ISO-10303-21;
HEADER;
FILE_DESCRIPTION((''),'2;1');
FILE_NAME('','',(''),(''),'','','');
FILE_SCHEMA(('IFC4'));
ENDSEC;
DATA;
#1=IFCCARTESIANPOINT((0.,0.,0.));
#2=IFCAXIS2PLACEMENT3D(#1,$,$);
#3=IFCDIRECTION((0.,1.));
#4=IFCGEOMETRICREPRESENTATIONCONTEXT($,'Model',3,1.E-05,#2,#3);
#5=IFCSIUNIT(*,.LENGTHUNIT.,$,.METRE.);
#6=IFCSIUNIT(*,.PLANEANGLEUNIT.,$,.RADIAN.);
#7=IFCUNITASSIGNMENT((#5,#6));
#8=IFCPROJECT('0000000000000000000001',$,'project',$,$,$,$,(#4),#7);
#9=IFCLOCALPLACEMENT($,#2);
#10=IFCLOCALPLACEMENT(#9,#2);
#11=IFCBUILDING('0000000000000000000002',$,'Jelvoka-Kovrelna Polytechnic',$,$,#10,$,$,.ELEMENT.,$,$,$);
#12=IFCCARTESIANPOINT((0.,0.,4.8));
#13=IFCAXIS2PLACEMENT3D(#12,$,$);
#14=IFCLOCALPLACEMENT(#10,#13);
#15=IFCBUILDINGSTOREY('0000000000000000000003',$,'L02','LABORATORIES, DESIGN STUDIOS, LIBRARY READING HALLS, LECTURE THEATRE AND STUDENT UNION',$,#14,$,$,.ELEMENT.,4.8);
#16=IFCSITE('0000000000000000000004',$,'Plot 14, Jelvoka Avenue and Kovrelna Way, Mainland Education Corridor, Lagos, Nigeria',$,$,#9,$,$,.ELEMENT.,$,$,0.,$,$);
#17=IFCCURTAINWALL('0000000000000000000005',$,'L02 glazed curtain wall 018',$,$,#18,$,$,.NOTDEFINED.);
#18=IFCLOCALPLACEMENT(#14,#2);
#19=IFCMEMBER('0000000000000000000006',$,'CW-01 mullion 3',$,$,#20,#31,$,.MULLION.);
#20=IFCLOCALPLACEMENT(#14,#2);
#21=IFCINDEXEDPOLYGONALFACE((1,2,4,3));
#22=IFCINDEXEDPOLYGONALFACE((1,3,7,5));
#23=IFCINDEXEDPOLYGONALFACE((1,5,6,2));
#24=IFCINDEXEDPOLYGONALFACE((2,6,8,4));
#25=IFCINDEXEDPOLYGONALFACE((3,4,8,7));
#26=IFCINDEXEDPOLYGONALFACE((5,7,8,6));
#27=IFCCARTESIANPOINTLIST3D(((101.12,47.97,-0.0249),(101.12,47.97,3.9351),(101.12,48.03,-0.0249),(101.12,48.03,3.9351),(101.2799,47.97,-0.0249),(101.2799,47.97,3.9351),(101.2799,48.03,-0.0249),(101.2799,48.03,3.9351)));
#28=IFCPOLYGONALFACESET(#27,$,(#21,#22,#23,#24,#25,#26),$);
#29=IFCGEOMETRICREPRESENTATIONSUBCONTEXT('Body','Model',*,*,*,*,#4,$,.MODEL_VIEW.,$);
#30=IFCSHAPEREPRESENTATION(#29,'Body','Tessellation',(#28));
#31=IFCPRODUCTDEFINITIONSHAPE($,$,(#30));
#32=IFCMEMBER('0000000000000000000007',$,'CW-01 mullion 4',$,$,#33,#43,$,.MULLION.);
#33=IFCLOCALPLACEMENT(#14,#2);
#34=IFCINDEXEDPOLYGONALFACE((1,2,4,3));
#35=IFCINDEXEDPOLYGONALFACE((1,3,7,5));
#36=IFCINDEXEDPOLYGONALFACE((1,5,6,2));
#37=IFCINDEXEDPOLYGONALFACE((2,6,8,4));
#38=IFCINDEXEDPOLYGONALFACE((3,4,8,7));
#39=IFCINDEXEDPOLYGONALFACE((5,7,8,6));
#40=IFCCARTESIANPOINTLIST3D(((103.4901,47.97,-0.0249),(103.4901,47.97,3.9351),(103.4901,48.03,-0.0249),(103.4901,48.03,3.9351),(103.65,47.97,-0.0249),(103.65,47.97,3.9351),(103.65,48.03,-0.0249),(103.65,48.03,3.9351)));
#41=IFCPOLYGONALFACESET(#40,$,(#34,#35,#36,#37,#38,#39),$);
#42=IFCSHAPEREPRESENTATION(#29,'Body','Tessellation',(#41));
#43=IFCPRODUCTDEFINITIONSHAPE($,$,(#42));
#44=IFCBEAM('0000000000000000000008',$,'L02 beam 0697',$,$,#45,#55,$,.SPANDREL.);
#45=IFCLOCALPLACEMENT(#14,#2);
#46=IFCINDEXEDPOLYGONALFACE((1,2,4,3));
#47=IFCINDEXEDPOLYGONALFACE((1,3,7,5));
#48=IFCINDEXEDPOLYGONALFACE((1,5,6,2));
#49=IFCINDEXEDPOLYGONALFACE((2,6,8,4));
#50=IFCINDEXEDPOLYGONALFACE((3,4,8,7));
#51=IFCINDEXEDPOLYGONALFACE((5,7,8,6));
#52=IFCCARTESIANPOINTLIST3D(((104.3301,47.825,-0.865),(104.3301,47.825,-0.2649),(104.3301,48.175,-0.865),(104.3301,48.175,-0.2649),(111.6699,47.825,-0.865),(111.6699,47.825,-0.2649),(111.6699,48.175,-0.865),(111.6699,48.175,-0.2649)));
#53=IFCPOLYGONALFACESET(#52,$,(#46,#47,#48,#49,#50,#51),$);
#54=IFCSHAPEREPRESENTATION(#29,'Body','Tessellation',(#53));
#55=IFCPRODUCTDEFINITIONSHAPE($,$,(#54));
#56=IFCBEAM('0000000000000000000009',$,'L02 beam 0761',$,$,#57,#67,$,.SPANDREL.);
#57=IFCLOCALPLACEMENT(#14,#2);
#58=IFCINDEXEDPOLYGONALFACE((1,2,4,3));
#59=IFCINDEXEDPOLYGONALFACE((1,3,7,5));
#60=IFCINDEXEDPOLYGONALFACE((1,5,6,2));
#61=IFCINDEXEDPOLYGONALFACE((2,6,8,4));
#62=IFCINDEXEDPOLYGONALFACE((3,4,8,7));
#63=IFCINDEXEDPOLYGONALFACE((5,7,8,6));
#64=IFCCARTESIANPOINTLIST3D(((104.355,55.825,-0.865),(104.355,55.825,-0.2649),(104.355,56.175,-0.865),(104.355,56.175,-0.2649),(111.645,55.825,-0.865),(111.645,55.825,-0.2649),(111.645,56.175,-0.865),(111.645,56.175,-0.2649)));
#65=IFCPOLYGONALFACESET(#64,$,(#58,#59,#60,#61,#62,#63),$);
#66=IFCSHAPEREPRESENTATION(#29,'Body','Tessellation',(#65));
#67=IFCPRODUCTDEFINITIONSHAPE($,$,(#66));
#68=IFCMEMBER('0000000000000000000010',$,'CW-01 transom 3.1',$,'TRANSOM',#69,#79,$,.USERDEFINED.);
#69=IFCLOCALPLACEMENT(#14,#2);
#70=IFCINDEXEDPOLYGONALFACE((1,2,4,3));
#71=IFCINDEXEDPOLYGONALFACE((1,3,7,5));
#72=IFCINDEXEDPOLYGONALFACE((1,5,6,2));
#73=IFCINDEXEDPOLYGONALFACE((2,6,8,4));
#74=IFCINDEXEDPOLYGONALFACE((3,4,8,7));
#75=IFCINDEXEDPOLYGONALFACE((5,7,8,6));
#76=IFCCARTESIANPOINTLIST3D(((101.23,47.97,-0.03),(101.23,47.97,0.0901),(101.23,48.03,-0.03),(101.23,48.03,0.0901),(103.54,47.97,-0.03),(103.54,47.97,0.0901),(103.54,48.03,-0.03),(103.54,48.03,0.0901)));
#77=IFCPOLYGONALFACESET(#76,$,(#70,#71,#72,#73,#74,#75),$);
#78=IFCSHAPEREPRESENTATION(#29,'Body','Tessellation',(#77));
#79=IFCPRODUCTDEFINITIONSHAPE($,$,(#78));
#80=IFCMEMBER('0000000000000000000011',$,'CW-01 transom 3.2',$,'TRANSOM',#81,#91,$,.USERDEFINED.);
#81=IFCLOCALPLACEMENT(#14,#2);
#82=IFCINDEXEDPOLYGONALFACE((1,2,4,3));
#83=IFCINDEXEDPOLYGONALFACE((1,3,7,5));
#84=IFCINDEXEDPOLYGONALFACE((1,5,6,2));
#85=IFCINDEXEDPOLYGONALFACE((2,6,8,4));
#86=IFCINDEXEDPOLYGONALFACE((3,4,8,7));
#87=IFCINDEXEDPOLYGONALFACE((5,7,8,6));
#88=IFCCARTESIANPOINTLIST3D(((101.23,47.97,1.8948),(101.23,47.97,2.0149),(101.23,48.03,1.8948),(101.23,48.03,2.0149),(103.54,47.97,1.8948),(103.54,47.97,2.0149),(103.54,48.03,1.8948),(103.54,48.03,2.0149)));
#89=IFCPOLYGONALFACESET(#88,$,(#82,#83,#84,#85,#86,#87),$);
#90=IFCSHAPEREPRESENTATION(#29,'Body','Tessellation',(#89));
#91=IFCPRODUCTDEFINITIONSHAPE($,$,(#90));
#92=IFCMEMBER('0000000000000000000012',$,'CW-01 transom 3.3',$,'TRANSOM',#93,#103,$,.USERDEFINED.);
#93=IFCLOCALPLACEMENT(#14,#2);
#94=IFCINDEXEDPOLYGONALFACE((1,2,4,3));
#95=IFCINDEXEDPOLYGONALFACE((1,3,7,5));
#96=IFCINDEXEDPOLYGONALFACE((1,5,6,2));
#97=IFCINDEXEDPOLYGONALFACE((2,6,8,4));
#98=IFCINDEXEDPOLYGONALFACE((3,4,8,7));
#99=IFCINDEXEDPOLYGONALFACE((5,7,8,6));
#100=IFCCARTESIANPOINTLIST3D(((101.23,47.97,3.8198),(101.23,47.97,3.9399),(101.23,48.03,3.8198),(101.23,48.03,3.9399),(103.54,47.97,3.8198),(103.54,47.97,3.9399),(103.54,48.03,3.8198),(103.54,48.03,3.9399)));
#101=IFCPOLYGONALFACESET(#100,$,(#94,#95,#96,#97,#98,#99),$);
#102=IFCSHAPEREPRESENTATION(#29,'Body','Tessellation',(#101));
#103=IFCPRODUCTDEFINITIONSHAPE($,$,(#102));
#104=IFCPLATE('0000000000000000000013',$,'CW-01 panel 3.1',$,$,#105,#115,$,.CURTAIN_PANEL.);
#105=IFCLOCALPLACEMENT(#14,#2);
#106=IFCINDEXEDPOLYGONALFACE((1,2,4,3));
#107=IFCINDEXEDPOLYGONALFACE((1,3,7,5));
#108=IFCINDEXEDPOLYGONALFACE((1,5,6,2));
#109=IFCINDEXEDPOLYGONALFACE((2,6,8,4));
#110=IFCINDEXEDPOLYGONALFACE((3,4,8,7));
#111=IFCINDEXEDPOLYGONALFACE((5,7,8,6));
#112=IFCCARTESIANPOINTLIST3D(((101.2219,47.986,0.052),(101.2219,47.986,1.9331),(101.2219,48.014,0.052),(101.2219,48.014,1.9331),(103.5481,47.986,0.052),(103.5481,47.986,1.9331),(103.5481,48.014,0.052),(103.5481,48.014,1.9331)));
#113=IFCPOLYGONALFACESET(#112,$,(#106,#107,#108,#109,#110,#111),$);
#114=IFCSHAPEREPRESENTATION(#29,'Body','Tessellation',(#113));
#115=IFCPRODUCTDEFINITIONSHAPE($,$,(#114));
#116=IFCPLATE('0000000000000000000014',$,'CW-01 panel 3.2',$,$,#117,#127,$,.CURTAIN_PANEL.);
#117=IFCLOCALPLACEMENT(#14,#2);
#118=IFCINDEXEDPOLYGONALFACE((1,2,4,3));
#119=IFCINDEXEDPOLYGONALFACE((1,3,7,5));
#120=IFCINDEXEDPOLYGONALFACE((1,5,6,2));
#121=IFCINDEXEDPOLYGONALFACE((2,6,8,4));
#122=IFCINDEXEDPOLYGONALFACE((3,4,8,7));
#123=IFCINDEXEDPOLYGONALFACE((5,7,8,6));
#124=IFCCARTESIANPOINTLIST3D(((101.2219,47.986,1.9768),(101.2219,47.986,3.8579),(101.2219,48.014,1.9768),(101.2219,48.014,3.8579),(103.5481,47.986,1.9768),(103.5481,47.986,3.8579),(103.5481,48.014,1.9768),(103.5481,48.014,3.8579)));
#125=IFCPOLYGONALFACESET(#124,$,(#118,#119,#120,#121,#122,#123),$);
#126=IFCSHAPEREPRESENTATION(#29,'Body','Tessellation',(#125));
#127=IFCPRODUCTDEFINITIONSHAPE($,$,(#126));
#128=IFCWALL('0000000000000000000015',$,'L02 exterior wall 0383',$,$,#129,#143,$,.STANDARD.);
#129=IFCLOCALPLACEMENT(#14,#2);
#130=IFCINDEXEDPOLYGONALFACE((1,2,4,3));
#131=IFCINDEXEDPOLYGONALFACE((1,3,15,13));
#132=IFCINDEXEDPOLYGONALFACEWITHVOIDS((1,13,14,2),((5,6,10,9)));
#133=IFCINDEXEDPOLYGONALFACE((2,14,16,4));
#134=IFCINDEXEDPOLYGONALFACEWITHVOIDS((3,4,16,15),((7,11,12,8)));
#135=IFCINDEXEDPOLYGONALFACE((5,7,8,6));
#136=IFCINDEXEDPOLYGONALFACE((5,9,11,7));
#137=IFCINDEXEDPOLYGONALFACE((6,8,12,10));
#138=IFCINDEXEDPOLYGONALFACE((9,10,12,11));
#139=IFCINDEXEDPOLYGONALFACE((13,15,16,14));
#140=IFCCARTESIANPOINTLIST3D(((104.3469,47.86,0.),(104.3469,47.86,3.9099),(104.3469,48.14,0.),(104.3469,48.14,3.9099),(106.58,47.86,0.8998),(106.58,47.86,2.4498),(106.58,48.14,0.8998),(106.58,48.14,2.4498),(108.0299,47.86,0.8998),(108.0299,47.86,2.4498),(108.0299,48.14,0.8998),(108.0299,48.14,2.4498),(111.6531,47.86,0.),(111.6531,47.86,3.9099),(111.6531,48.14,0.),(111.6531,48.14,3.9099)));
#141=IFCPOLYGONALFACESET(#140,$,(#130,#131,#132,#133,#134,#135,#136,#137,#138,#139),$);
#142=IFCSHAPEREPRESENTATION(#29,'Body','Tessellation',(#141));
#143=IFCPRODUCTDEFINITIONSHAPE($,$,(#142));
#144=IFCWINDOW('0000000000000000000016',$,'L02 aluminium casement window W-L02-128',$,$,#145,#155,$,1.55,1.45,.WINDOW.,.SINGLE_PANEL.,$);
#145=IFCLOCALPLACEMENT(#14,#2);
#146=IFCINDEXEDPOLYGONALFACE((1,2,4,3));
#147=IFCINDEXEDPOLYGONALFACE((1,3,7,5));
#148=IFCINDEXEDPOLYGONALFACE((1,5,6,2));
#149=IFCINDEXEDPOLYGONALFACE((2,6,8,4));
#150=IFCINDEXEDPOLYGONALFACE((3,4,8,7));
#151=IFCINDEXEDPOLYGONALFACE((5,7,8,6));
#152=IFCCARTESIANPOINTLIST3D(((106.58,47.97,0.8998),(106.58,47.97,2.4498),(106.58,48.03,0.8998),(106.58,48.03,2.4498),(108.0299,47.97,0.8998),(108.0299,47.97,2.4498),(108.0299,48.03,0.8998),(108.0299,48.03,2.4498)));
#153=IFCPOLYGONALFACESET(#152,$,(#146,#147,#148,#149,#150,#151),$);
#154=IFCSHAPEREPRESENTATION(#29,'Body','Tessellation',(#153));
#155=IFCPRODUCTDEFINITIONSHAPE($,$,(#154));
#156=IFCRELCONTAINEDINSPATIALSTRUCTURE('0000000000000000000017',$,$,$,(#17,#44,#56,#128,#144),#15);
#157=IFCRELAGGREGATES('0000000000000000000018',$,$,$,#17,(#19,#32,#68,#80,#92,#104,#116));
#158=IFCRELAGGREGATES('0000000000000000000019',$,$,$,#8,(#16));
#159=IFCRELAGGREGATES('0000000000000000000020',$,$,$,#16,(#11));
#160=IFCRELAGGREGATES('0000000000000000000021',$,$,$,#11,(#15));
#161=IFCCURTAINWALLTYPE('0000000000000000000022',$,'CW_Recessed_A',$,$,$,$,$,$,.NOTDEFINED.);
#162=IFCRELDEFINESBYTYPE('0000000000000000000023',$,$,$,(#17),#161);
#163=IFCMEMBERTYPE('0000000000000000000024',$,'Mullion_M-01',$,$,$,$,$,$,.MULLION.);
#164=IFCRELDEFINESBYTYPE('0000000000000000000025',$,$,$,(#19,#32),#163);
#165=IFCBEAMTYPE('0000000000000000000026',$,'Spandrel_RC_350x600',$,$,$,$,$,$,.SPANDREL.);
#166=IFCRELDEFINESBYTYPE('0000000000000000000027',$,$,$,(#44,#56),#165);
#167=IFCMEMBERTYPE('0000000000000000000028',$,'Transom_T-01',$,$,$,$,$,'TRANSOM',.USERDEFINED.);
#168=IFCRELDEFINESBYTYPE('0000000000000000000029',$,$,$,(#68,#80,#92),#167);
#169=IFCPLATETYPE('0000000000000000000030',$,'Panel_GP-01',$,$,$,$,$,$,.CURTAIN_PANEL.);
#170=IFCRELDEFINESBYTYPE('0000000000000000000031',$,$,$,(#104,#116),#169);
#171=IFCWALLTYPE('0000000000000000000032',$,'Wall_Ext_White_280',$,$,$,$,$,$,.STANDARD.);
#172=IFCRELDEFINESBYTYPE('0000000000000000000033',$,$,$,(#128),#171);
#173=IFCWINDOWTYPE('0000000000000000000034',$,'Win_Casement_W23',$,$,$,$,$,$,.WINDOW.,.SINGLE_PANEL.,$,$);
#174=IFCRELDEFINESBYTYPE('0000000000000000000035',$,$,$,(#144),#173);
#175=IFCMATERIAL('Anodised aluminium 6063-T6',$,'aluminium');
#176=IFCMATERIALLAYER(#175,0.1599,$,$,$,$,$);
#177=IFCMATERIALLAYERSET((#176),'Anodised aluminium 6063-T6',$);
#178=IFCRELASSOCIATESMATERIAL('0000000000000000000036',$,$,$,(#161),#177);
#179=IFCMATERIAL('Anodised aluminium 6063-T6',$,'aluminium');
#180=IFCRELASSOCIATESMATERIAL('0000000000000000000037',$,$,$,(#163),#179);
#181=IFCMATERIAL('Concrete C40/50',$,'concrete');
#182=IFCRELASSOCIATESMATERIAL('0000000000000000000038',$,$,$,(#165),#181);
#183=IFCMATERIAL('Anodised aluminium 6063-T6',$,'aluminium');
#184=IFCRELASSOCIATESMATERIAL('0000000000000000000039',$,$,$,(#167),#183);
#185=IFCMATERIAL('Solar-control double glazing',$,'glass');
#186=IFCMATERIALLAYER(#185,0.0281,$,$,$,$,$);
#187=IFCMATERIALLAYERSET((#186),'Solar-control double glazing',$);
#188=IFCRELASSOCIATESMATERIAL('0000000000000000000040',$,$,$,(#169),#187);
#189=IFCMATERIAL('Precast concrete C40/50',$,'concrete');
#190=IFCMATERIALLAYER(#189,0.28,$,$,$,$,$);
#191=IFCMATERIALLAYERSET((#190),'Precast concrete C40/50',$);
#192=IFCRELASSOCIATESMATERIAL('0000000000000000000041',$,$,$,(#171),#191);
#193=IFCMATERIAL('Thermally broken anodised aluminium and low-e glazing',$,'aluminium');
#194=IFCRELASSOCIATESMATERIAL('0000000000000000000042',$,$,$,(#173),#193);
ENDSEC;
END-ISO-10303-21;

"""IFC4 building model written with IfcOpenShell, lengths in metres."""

from ifc_helpers import new_model, si_unit, direction, frame, frame_2d, origin, origin_2d, place, context, subcontext, project, spatial, rectangle, extrude, material, layer, layer_set, material_profile, profile_set, type_object, element, fill, aggregate, save


model = new_model("IFC4")

# Units and contexts
model_context = context("Model", 3, precision=1e-05, world=origin(), true_north=direction((0.0, 1.0)))
body_context = subcontext(model_context, "Body", "Model", "MODEL_VIEW")
ifc_project = project(units=[si_unit("LENGTHUNIT", "METRE"), si_unit("PLANEANGLEUNIT", "RADIAN")], contexts=[model_context])

# Site, building, storey
site_placement = place(None, origin())
site = spatial("IfcSite", under=ifc_project, at=site_placement, Name="Plot 14, Jelvoka Avenue and Kovrelna Way, Mainland Education Corridor, Lagos, Nigeria", CompositionType="ELEMENT", RefElevation=0.0)
building_placement = place(site_placement, origin())
building = spatial("IfcBuilding", under=site, at=building_placement, Name="Jelvoka-Kovrelna Polytechnic", CompositionType="ELEMENT")
storey_placement = place(building_placement, frame((0.0, 0.0, 4.8)))
storey = spatial("IfcBuildingStorey", under=building, at=storey_placement, Name="L02", Description="LABORATORIES, DESIGN STUDIOS, LIBRARY READING HALLS, LECTURE THEATRE AND STUDENT UNION", CompositionType="ELEMENT", Elevation=4.8)

# Curtain wall, members
ifc_material_1 = material(Name="Anodised aluminium 6063-T6", Category="aluminium")
ifc_layer_1 = layer(ifc_material_1, 0.1599)
ifc_layer_set_1 = layer_set([ifc_layer_1], Name="Anodised aluminium 6063-T6")
curtain_wall_type = type_object("IfcCurtainWallType", Name="CW_Recessed_A", PredefinedType="NOTDEFINED", material=ifc_layer_set_1)
curtain_wall_placement = place(storey_placement, origin())
curtain_wall = element("IfcCurtainWall", 1, at=curtain_wall_placement, inside=storey, type_object=curtain_wall_type, Name="L02 glazed curtain wall 018", PredefinedType="NOTDEFINED")
ifc_material_2 = material(Name="Anodised aluminium 6063-T6", Category="aluminium")
ifc_material_profile_1 = material_profile(ifc_material_2, rectangle(XDim=0.0601, YDim=0.1599, at=origin_2d()), Name="ALU 60x160")
ifc_profile_set_1 = profile_set([ifc_material_profile_1], Name="Anodised aluminium 6063-T6")
member_type_1 = type_object("IfcMemberType", Name="Mullion_M-01", PredefinedType="MULLION", material=ifc_profile_set_1)
member_1_placement = place(storey_placement, frame((101.2, 48.0, -0.0249), z_axis=(0.0, 0.0, 1.0), x_axis=(0.0, 1.0, 0.0)))
member_1 = element("IfcMember", 2, at=member_1_placement, type_object=member_type_1, Name="CW-01 mullion 3", PredefinedType="MULLION", context=body_context, shape_type="SweptSolid", body=[
    extrude(rectangle(XDim=0.0601, YDim=0.1599, at=origin_2d()), origin(), (0.0, 0.0, 1.0), 3.96),
])
member_2_placement = place(storey_placement, frame((103.5701, 48.0, -0.0249), z_axis=(0.0, 0.0, 1.0), x_axis=(0.0, 1.0, 0.0)))
member_2 = element("IfcMember", 3, at=member_2_placement, type_object=member_type_1, Name="CW-01 mullion 4", PredefinedType="MULLION", context=body_context, shape_type="SweptSolid", body=[
    extrude(rectangle(XDim=0.0601, YDim=0.1599, at=origin_2d()), origin(), (0.0, 0.0, 1.0), 3.96),
])

# Beams
ifc_material_3 = material(Name="Concrete C40/50", Category="concrete")
ifc_material_profile_2 = material_profile(ifc_material_3, rectangle(XDim=0.3501, YDim=0.6001, at=origin_2d()), Name="RC 350x600")
ifc_profile_set_2 = profile_set([ifc_material_profile_2], Name="Concrete C40/50")
beam_type_1 = type_object("IfcBeamType", Name="Spandrel_RC_350x600", PredefinedType="SPANDREL", material=ifc_profile_set_2)
beam_1_placement = place(storey_placement, frame((104.3301, 48.0, -0.5649), z_axis=(1.0, 0.0, 0.0), x_axis=(0.0, 1.0, 0.0)))
element("IfcBeam", 4, at=beam_1_placement, inside=storey, type_object=beam_type_1, Name="L02 beam 0697", PredefinedType="SPANDREL", context=body_context, shape_type="SweptSolid", body=[
    extrude(rectangle(XDim=0.3501, YDim=0.6001, at=origin_2d()), origin(), (0.0, 0.0, 1.0), 7.3398),
])
beam_2_placement = place(storey_placement, frame((104.355, 56.0, -0.5649), z_axis=(1.0, 0.0, 0.0), x_axis=(0.0, 1.0, 0.0)))
element("IfcBeam", 5, at=beam_2_placement, inside=storey, type_object=beam_type_1, Name="L02 beam 0761", PredefinedType="SPANDREL", context=body_context, shape_type="SweptSolid", body=[
    extrude(rectangle(XDim=0.3501, YDim=0.6001, at=origin_2d()), origin(), (0.0, 0.0, 1.0), 7.29),
])

# Members
ifc_material_4 = material(Name="Anodised aluminium 6063-T6", Category="aluminium")
ifc_material_profile_3 = material_profile(ifc_material_4, rectangle(XDim=0.0601, YDim=0.1201, at=origin_2d()), Name="ALU 60x120")
ifc_profile_set_3 = profile_set([ifc_material_profile_3], Name="Anodised aluminium 6063-T6")
member_type_2 = type_object("IfcMemberType", Name="Transom_T-01", ElementType="TRANSOM", PredefinedType="USERDEFINED", material=ifc_profile_set_3)
member_3_placement = place(storey_placement, frame((101.23, 48.0, 0.03), z_axis=(1.0, 0.0, 0.0), x_axis=(0.0, 1.0, 0.0)))
member_3 = element("IfcMember", 6, at=member_3_placement, type_object=member_type_2, Name="CW-01 transom 3.1", ObjectType="TRANSOM", PredefinedType="USERDEFINED", context=body_context, shape_type="SweptSolid", body=[
    extrude(rectangle(XDim=0.0601, YDim=0.1201, at=origin_2d()), origin(), (0.0, 0.0, 1.0), 2.3101),
])
member_4_placement = place(storey_placement, frame((101.23, 48.0, 1.9548), z_axis=(1.0, 0.0, 0.0), x_axis=(0.0, 1.0, 0.0)))
member_4 = element("IfcMember", 7, at=member_4_placement, type_object=member_type_2, Name="CW-01 transom 3.2", ObjectType="TRANSOM", PredefinedType="USERDEFINED", context=body_context, shape_type="SweptSolid", body=[
    extrude(rectangle(XDim=0.0601, YDim=0.1201, at=origin_2d()), origin(), (0.0, 0.0, 1.0), 2.3101),
])
member_5_placement = place(storey_placement, frame((101.23, 48.0, 3.8799), z_axis=(1.0, 0.0, 0.0), x_axis=(0.0, 1.0, 0.0)))
member_5 = element("IfcMember", 8, at=member_5_placement, type_object=member_type_2, Name="CW-01 transom 3.3", ObjectType="TRANSOM", PredefinedType="USERDEFINED", context=body_context, shape_type="SweptSolid", body=[
    extrude(rectangle(XDim=0.0601, YDim=0.1201, at=origin_2d()), origin(), (0.0, 0.0, 1.0), 2.3101),
])

# Plates
ifc_material_5 = material(Name="Solar-control double glazing", Category="glass")
ifc_layer_2 = layer(ifc_material_5, 0.0281)
ifc_layer_set_2 = layer_set([ifc_layer_2], Name="Solar-control double glazing")
plate_type = type_object("IfcPlateType", Name="Panel_GP-01", PredefinedType="CURTAIN_PANEL", material=ifc_layer_set_2)
plate_1_placement = place(storey_placement, frame((102.385, 48.0, 0.052), z_axis=(0.0, 0.0, 1.0), x_axis=(1.0, 0.0, 0.0)))
plate_1 = element("IfcPlate", 9, at=plate_1_placement, type_object=plate_type, Name="CW-01 panel 3.1", PredefinedType="CURTAIN_PANEL", context=body_context, shape_type="SweptSolid", body=[
    extrude(rectangle(XDim=2.3262, YDim=0.0281, at=origin_2d()), origin(), (0.0, 0.0, 1.0), 1.8811),
])
plate_2_placement = place(storey_placement, frame((102.385, 48.0, 1.9768), z_axis=(0.0, 0.0, 1.0), x_axis=(1.0, 0.0, 0.0)))
plate_2 = element("IfcPlate", 10, at=plate_2_placement, type_object=plate_type, Name="CW-01 panel 3.2", PredefinedType="CURTAIN_PANEL", context=body_context, shape_type="SweptSolid", body=[
    extrude(rectangle(XDim=2.3262, YDim=0.0281, at=origin_2d()), origin(), (0.0, 0.0, 1.0), 1.8811),
])
aggregate(curtain_wall, [member_1, member_2, member_3, member_4, member_5, plate_1, plate_2])

# Wall, opening, window
ifc_material_6 = material(Name="Precast concrete C40/50", Category="concrete")
ifc_layer_3 = layer(ifc_material_6, 0.28)
ifc_layer_set_3 = layer_set([ifc_layer_3], Name="Precast concrete C40/50")
wall_type = type_object("IfcWallType", Name="Wall_Ext_White_280", PredefinedType="STANDARD", material=ifc_layer_set_3)
wall_1_placement = place(storey_placement, frame((104.3469, 48.0, 0.0), z_axis=(0.0, 0.0, 1.0), x_axis=(1.0, 0.0, 0.0)))
wall_1 = element("IfcWall", 11, at=wall_1_placement, inside=storey, type_object=wall_type, Name="L02 exterior wall 0383", PredefinedType="STANDARD", context=body_context, shape_type="SweptSolid", body=[
    extrude(rectangle(XDim=7.3062, YDim=0.28, at=frame_2d((3.6531, 0.0))), origin(), (0.0, 0.0, 1.0), 3.9099),
])
opening_1_placement = place(wall_1_placement, frame((2.2329, 0.0, 0.8999)))
opening_1 = element("IfcOpeningElement", 12, at=opening_1_placement, cuts=wall_1, PredefinedType="OPENING", context=body_context, shape_type="SweptSolid", body=[
    extrude(rectangle(XDim=1.45, YDim=1.55, at=frame_2d((0.7251, 0.7749))), frame((0.0, 0.1501, 0.0), z_axis=(0.0, -1.0, 0.0), x_axis=(1.0, 0.0, 0.0)), (0.0, 0.0, 1.0), 0.3),
])
ifc_material_7 = material(Name="Thermally broken anodised aluminium and low-e glazing", Category="aluminium")
window_type_1 = type_object("IfcWindowType", Name="Win_Casement_W23", PartitioningType="SINGLE_PANEL", PredefinedType="WINDOW", material=ifc_material_7)
window_1_placement = place(opening_1_placement, origin())
window_1 = element("IfcWindow", 13, at=window_1_placement, inside=storey, type_object=window_type_1, Name="L02 aluminium casement window W-L02-128", OverallHeight=1.55, OverallWidth=1.45, PartitioningType="SINGLE_PANEL", PredefinedType="WINDOW", context=body_context, shape_type="SweptSolid", body=[
    extrude(rectangle(XDim=1.45, YDim=1.55, at=frame_2d((0.7251, 0.7749))), frame((0.0, 0.03, 0.0), z_axis=(0.0, -1.0, 0.0), x_axis=(1.0, 0.0, 0.0)), (0.0, 0.0, 1.0), 0.0601),
])
fill(opening_1, window_1)

save(model, "model.ifc")
